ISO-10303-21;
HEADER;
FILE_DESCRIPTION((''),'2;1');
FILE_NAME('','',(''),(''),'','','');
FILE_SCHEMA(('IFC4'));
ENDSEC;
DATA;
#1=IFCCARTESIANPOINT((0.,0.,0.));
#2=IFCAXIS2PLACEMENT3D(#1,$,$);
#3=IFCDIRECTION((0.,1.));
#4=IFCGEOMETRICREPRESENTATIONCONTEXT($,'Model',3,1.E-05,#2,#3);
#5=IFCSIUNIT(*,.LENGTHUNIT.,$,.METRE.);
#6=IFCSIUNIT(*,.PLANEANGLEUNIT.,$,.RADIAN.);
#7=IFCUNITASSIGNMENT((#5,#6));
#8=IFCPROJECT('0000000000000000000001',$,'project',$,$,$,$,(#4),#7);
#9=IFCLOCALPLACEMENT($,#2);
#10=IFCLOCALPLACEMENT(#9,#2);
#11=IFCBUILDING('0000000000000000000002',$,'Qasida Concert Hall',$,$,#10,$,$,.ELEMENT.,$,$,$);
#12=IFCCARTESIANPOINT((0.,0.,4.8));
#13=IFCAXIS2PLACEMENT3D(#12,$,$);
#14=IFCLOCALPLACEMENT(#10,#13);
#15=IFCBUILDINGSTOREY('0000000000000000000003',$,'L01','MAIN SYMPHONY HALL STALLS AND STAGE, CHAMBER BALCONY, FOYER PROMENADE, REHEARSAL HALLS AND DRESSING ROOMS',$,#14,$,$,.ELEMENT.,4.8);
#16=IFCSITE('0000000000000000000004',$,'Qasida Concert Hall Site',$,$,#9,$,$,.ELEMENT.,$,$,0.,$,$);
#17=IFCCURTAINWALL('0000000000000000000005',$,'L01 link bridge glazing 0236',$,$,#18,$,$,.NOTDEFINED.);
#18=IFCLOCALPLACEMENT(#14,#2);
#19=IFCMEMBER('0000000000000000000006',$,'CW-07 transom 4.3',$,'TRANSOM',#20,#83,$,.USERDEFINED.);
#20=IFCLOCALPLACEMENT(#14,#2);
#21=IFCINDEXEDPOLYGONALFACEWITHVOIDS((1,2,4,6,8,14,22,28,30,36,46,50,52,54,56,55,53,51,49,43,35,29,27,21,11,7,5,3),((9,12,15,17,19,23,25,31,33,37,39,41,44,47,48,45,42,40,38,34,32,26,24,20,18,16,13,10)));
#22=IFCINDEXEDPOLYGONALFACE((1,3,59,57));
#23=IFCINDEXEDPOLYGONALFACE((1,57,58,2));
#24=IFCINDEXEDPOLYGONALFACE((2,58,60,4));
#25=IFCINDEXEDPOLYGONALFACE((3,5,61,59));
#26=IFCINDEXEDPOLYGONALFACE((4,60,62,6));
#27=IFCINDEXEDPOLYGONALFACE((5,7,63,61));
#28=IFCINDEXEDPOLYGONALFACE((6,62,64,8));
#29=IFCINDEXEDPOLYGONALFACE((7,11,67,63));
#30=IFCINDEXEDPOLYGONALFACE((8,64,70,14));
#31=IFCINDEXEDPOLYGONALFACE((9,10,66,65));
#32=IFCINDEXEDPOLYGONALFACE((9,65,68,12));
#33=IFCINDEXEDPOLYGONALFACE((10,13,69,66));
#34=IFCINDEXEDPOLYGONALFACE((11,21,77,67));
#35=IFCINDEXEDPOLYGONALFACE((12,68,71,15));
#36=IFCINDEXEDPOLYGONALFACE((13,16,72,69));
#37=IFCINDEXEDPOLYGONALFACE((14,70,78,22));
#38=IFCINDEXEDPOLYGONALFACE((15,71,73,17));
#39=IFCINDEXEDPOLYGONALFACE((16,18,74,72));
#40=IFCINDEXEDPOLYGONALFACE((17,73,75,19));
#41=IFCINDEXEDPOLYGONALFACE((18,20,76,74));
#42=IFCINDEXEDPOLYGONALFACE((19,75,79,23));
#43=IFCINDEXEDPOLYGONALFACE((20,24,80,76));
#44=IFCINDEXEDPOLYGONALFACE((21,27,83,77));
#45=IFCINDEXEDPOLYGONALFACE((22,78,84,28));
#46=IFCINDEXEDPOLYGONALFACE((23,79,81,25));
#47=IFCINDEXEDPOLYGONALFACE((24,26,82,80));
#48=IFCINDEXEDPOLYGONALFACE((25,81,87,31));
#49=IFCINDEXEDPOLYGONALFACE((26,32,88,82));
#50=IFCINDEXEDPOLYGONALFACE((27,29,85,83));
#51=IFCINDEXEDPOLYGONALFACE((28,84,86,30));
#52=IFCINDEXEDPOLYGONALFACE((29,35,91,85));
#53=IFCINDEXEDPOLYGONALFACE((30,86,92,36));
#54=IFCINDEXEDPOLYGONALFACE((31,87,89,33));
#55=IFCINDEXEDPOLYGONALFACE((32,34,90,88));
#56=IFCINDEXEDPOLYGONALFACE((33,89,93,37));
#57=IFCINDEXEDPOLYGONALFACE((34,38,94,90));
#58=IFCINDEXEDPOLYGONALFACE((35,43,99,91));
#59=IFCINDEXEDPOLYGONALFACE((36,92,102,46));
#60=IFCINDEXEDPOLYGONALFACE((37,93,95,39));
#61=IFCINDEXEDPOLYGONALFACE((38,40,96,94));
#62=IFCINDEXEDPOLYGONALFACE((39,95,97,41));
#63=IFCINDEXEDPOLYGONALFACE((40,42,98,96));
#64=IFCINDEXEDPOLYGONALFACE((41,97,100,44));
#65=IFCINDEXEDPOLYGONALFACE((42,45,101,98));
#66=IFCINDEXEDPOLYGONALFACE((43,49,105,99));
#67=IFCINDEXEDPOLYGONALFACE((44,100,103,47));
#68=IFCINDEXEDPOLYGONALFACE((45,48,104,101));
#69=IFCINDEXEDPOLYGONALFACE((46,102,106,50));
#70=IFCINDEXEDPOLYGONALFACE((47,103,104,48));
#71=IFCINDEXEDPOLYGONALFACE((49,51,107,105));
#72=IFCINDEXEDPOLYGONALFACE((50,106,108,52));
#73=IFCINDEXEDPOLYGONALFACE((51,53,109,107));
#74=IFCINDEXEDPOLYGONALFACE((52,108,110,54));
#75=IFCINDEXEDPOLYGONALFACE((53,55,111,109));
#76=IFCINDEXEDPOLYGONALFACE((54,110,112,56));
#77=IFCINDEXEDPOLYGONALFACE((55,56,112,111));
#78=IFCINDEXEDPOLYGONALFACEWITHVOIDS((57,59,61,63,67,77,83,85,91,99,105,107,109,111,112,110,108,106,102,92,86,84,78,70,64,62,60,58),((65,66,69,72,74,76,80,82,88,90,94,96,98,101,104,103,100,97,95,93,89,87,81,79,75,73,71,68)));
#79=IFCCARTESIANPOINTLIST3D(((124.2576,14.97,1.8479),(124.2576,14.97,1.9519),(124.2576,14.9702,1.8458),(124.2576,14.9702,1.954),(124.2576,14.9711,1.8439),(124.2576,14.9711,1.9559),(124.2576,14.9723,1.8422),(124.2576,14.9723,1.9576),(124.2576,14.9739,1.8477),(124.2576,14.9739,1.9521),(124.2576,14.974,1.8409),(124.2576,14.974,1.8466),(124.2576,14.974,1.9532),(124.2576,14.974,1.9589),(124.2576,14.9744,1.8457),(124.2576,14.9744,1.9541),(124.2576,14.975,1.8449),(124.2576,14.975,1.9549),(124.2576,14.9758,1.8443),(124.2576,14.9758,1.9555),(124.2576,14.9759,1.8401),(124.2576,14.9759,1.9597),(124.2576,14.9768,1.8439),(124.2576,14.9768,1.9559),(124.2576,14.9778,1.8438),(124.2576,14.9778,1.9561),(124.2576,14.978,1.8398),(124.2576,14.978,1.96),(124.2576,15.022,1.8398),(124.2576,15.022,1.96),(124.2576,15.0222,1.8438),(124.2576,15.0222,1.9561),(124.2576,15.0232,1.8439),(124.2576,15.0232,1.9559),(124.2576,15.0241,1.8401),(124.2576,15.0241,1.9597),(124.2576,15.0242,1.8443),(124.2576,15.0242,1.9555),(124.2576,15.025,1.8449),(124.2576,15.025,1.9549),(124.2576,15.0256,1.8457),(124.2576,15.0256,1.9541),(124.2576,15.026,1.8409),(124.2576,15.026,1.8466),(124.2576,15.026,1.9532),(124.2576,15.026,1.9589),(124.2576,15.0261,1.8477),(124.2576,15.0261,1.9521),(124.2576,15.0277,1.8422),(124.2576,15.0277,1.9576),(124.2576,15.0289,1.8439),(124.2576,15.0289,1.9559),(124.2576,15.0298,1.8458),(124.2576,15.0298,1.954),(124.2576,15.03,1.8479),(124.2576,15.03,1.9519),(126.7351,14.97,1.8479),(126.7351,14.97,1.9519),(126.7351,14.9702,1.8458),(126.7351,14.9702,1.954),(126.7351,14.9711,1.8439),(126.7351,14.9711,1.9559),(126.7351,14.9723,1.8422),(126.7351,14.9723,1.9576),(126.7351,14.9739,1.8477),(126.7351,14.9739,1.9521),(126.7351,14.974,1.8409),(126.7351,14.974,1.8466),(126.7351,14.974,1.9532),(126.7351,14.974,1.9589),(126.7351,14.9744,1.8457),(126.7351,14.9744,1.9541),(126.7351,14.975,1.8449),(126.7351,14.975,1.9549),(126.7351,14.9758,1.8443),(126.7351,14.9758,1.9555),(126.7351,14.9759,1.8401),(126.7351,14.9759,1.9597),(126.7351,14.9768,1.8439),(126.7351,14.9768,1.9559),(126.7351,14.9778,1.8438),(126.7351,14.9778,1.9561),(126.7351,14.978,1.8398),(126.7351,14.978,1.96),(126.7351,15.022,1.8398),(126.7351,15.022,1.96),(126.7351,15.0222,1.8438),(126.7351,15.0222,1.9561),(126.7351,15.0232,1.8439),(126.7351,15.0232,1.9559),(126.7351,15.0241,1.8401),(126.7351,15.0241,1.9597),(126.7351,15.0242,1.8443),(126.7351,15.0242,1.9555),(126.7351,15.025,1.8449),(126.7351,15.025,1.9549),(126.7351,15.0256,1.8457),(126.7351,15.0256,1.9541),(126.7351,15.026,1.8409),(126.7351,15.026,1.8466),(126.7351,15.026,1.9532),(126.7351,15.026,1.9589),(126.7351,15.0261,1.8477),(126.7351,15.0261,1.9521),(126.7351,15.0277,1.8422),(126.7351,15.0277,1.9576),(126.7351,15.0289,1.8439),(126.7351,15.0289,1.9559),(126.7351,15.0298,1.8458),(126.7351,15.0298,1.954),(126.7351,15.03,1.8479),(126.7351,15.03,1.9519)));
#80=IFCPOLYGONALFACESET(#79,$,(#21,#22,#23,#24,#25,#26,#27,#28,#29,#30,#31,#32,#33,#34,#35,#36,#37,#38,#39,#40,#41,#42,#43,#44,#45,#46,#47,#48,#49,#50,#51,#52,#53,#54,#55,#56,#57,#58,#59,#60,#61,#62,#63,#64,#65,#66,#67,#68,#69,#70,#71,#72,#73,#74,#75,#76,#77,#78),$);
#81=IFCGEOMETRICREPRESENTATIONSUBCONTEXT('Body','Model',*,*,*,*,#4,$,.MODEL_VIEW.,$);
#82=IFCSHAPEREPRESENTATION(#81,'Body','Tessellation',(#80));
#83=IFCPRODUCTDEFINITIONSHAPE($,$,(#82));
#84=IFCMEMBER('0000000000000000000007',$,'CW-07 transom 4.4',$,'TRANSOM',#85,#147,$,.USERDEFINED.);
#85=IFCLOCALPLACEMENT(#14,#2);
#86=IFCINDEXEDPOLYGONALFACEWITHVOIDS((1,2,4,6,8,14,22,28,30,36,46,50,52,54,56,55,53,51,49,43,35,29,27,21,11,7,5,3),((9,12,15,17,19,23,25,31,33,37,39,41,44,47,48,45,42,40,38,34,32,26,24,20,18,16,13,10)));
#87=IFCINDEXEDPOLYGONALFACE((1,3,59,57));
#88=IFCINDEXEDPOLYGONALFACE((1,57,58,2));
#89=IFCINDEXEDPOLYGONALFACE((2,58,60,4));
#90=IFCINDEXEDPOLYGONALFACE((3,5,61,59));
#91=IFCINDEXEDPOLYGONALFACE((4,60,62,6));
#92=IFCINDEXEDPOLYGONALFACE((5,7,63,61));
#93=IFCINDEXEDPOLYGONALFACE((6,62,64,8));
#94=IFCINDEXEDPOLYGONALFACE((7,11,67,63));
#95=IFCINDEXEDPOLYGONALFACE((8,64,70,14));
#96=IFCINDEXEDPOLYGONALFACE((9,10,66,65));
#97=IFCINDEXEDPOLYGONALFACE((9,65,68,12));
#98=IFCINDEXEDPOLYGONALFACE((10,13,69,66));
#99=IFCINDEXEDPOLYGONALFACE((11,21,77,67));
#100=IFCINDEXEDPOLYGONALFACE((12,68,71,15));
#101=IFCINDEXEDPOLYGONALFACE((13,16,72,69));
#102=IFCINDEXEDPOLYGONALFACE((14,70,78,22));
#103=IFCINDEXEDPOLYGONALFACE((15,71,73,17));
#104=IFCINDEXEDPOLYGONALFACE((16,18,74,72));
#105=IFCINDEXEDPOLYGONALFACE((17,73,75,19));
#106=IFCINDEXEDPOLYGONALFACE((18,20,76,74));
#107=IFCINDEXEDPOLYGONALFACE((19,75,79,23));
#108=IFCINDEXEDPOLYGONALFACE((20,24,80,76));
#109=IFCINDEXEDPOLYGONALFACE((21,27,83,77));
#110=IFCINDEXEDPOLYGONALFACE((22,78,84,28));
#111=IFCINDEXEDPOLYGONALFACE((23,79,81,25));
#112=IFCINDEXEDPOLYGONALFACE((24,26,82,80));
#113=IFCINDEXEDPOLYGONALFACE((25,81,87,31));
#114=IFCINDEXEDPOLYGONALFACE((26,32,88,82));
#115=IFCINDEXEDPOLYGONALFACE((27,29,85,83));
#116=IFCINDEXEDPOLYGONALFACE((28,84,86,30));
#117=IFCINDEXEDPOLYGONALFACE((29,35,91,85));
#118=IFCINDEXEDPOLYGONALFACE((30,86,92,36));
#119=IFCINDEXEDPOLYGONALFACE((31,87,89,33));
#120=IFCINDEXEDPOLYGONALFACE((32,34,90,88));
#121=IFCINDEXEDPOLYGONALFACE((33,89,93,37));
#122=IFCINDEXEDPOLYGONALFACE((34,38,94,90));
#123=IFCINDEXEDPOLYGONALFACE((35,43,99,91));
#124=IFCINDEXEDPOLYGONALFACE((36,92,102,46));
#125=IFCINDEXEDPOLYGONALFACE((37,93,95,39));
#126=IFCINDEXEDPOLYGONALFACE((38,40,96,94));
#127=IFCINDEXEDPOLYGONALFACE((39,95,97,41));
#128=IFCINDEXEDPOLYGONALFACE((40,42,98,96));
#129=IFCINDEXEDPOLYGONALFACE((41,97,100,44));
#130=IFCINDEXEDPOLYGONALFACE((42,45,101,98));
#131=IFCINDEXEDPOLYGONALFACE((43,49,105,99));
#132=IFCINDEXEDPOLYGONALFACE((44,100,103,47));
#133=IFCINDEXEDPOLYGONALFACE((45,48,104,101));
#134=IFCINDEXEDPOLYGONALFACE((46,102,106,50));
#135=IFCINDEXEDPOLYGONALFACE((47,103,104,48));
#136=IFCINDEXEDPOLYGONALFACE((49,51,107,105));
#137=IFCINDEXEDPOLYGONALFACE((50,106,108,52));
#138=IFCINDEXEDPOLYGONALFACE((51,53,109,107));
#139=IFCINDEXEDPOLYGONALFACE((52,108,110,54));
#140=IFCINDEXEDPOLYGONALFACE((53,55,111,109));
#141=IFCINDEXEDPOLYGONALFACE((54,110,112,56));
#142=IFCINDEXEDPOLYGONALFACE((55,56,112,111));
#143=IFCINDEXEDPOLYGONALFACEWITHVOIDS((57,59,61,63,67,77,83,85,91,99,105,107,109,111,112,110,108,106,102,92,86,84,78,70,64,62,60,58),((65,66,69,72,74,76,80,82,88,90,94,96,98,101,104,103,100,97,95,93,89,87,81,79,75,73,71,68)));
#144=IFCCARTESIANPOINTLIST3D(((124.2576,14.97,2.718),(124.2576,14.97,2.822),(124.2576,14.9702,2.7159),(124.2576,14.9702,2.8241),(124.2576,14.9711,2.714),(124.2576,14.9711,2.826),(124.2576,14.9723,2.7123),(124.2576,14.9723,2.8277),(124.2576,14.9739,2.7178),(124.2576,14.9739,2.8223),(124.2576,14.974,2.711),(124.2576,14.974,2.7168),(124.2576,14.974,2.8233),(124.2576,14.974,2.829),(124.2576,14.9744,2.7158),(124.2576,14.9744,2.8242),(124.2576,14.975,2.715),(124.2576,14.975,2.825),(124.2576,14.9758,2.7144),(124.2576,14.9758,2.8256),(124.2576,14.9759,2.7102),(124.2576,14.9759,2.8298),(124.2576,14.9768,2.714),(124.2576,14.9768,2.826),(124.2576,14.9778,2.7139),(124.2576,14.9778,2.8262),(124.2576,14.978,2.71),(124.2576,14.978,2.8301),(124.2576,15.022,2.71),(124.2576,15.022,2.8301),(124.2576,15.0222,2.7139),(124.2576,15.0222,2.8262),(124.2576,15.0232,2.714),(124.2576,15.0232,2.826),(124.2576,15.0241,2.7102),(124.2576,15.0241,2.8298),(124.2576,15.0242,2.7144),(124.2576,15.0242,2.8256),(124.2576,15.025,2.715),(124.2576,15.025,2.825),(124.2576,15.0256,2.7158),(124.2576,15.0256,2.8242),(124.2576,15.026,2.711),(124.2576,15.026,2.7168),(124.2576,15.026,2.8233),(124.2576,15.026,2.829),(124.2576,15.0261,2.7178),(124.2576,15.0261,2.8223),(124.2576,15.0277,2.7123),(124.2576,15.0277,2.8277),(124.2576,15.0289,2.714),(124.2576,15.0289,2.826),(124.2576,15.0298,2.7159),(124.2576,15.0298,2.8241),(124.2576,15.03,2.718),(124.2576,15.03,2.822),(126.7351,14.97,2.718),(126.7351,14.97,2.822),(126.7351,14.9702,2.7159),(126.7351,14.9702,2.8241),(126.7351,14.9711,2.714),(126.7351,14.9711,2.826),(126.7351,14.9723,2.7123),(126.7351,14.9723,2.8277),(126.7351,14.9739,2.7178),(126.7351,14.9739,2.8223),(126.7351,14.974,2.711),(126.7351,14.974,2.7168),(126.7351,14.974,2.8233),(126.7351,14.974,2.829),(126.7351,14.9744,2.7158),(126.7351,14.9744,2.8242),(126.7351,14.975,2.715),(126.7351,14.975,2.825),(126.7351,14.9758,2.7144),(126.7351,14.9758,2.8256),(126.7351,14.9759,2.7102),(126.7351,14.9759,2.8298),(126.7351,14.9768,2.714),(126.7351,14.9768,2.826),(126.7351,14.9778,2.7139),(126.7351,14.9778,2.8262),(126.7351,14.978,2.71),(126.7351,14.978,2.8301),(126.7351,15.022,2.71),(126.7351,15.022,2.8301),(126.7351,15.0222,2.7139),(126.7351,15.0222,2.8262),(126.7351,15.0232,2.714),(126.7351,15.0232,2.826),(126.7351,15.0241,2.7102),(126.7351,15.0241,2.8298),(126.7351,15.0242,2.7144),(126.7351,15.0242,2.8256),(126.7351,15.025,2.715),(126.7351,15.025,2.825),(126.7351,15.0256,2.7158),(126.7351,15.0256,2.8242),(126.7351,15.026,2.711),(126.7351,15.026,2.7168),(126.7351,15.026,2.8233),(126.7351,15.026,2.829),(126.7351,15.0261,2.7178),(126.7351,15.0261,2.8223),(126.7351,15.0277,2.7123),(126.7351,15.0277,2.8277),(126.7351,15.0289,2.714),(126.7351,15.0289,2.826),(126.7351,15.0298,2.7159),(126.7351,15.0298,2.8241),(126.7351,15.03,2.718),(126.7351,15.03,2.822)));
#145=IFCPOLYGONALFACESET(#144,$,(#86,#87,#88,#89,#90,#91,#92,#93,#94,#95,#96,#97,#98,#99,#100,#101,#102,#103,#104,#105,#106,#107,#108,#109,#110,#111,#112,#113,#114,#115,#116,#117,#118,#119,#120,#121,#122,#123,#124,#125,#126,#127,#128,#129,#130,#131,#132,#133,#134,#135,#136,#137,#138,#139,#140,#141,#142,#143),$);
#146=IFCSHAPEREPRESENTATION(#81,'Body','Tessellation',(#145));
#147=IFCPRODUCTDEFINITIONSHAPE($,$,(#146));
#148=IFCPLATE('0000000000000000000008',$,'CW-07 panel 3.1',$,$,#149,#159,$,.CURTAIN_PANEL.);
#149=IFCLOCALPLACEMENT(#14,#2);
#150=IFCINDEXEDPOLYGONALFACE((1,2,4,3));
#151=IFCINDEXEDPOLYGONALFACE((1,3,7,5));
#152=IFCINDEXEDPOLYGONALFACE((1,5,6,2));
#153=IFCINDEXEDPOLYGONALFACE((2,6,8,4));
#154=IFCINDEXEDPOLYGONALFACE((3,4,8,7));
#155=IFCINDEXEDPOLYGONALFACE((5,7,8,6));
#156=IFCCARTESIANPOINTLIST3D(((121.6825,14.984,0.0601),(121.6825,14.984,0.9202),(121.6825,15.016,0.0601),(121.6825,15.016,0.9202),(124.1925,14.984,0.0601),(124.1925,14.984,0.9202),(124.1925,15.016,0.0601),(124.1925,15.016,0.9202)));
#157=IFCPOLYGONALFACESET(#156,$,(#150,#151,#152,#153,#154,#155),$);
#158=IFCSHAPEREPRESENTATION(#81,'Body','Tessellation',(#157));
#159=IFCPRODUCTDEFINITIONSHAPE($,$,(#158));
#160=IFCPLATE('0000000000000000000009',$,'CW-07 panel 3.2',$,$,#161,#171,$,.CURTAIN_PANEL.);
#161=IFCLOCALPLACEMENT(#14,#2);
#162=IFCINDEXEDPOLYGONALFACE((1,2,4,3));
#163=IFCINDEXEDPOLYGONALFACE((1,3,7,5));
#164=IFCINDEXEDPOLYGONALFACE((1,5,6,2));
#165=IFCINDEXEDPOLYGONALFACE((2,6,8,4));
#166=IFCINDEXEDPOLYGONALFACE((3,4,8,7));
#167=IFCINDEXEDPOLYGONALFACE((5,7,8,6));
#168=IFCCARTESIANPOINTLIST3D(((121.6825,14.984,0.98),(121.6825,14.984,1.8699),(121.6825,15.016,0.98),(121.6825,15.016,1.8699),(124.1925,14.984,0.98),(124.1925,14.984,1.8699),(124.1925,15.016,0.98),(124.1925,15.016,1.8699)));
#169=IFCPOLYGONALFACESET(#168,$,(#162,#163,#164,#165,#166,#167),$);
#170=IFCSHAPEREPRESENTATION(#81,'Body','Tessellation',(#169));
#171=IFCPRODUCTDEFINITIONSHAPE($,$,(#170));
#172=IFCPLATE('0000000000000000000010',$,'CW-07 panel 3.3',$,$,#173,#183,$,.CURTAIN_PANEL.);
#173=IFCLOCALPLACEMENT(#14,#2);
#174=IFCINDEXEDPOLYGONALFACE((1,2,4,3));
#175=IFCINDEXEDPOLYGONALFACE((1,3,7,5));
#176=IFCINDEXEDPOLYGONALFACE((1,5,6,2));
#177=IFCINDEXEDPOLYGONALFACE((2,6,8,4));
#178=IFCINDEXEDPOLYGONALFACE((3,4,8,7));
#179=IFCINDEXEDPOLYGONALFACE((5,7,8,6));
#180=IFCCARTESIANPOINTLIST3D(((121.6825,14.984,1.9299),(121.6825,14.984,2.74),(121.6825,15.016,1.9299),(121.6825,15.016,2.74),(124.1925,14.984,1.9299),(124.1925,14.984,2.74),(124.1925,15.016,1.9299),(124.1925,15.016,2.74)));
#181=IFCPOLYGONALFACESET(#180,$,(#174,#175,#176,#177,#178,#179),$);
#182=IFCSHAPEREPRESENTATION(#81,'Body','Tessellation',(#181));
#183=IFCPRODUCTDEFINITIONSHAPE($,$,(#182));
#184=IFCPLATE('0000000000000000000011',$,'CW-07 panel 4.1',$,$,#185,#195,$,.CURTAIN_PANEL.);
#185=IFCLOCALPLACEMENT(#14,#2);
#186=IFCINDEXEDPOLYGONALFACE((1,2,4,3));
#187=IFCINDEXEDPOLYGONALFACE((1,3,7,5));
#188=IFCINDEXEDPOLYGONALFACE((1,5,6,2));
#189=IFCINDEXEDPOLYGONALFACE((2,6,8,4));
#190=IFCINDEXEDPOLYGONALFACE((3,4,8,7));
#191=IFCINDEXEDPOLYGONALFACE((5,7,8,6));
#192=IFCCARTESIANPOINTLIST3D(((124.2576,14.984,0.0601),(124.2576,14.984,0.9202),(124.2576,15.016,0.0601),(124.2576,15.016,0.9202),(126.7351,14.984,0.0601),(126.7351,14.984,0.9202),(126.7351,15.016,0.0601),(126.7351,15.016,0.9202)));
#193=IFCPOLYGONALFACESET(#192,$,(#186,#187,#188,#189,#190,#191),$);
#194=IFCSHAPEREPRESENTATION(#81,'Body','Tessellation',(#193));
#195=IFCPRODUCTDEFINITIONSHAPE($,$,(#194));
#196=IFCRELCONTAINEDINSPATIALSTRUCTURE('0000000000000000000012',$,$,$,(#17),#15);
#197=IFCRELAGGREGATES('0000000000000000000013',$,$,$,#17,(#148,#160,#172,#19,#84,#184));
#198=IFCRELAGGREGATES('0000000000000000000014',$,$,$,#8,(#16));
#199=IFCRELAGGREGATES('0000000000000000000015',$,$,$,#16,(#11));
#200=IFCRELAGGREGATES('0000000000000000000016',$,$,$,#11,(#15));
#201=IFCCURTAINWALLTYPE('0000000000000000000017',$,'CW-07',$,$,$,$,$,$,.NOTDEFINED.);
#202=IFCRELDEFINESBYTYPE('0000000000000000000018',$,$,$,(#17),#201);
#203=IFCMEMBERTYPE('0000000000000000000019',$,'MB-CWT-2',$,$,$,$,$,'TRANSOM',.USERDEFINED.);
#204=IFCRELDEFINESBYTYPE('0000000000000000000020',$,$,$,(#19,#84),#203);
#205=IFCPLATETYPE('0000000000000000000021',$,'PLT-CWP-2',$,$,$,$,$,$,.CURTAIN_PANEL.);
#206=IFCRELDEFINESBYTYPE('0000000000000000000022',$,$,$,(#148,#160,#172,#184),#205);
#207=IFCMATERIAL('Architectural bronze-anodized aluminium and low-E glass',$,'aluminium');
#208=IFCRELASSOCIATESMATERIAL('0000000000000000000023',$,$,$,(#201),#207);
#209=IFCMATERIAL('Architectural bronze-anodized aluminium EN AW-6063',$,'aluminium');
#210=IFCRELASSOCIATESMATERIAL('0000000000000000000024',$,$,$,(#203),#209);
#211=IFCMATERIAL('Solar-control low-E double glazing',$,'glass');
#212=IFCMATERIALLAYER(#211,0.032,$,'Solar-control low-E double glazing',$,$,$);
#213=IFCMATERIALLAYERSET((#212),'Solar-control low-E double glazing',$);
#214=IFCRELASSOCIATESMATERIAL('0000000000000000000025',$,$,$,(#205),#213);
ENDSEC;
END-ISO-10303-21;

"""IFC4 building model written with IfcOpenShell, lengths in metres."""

from ifc_helpers import new_model, si_unit, direction, frame, origin, origin_2d, place, context, subcontext, project, spatial, rectangle, hollow_rectangle, extrude, material, layer, layer_set, material_profile, profile_set, type_object, element, aggregate, save


model = new_model("IFC4")

# Units and contexts
model_context = context("Model", 3, precision=1e-05, world=origin(), true_north=direction((0.0, 1.0)))
body_context = subcontext(model_context, "Body", "Model", "MODEL_VIEW")
ifc_project = project(units=[si_unit("LENGTHUNIT", "METRE"), si_unit("PLANEANGLEUNIT", "RADIAN")], contexts=[model_context])

# Site, building, storey
site_placement = place(None, origin())
site = spatial("IfcSite", under=ifc_project, at=site_placement, Name="Qasida Concert Hall Site", CompositionType="ELEMENT", RefElevation=0.0)
building_placement = place(site_placement, origin())
building = spatial("IfcBuilding", under=site, at=building_placement, Name="Qasida Concert Hall", CompositionType="ELEMENT")
storey_placement = place(building_placement, frame((0.0, 0.0, 4.8)))
storey = spatial("IfcBuildingStorey", under=building, at=storey_placement, Name="L01", Description="MAIN SYMPHONY HALL STALLS AND STAGE, CHAMBER BALCONY, FOYER PROMENADE, REHEARSAL HALLS AND DRESSING ROOMS", CompositionType="ELEMENT", Elevation=4.8)

# Shared definitions
ifc_material_1 = material(Name="Architectural bronze-anodized aluminium and low-E glass", Category="aluminium")
curtain_wall_type = type_object("IfcCurtainWallType", Name="CW-07", PredefinedType="NOTDEFINED", material=ifc_material_1)
ifc_material_2 = material(Name="Architectural bronze-anodized aluminium EN AW-6063", Category="aluminium")

# Curtain wall
curtain_wall_1_placement = place(storey_placement, origin())
curtain_wall_1 = element("IfcCurtainWall", 1, at=curtain_wall_1_placement, inside=storey, type_object=curtain_wall_type, Name="L01 link bridge glazing 0236", PredefinedType="NOTDEFINED")

# Members
ifc_material_profile_1 = material_profile(ifc_material_2, hollow_rectangle(XDim=0.0601, YDim=0.1201, WallThickness=0.0039, InnerFilletRadius=0.0039, OuterFilletRadius=0.0081, at=origin_2d()), Name="CWT 120x60x4")
ifc_profile_set_1 = profile_set([ifc_material_profile_1], Name="Architectural bronze-anodized aluminium EN AW-6063")
member_type_1 = type_object("IfcMemberType", Name="MB-CWT-2", ElementType="TRANSOM", PredefinedType="USERDEFINED", material=ifc_profile_set_1)
member_1_placement = place(storey_placement, frame((124.2576, 15.0, 1.8999), z_axis=(1.0, 0.0, 0.0), x_axis=(0.0, 1.0, 0.0)))
member_1 = element("IfcMember", 2, at=member_1_placement, type_object=member_type_1, Name="CW-07 transom 4.3", ObjectType="TRANSOM", PredefinedType="USERDEFINED", context=body_context, shape_type="SweptSolid", body=[
    extrude(hollow_rectangle(XDim=0.0601, YDim=0.1201, WallThickness=0.0039, InnerFilletRadius=0.0039, OuterFilletRadius=0.0081, at=origin_2d()), origin(), (0.0, 0.0, 1.0), 2.4775),
])
member_2_placement = place(storey_placement, frame((124.2576, 15.0, 2.77), z_axis=(1.0, 0.0, 0.0), x_axis=(0.0, 1.0, 0.0)))
member_2 = element("IfcMember", 3, at=member_2_placement, type_object=member_type_1, Name="CW-07 transom 4.4", ObjectType="TRANSOM", PredefinedType="USERDEFINED", context=body_context, shape_type="SweptSolid", body=[
    extrude(hollow_rectangle(XDim=0.0601, YDim=0.1201, WallThickness=0.0039, InnerFilletRadius=0.0039, OuterFilletRadius=0.0081, at=origin_2d()), origin(), (0.0, 0.0, 1.0), 2.4775),
])

# Plates
ifc_material_3 = material(Name="Solar-control low-E double glazing", Category="glass")
ifc_layer_1 = layer(ifc_material_3, 0.032, Name="Solar-control low-E double glazing")
ifc_layer_set_1 = layer_set([ifc_layer_1], Name="Solar-control low-E double glazing")
plate_type = type_object("IfcPlateType", Name="PLT-CWP-2", PredefinedType="CURTAIN_PANEL", material=ifc_layer_set_1)
plate_1_placement = place(storey_placement, frame((122.9375, 15.0, 0.0601), z_axis=(0.0, 0.0, 1.0), x_axis=(1.0, 0.0, 0.0)))
plate_1 = element("IfcPlate", 4, at=plate_1_placement, type_object=plate_type, Name="CW-07 panel 3.1", PredefinedType="CURTAIN_PANEL", context=body_context, shape_type="SweptSolid", body=[
    extrude(rectangle(XDim=2.51, YDim=0.032, at=origin_2d()), origin(), (0.0, 0.0, 1.0), 0.8601),
])
plate_2_placement = place(storey_placement, frame((122.9375, 15.0, 0.98), z_axis=(0.0, 0.0, 1.0), x_axis=(1.0, 0.0, 0.0)))
plate_2 = element("IfcPlate", 5, at=plate_2_placement, type_object=plate_type, Name="CW-07 panel 3.2", PredefinedType="CURTAIN_PANEL", context=body_context, shape_type="SweptSolid", body=[
    extrude(rectangle(XDim=2.51, YDim=0.032, at=origin_2d()), origin(), (0.0, 0.0, 1.0), 0.8899),
])
plate_3_placement = place(storey_placement, frame((122.9375, 15.0, 1.9299), z_axis=(0.0, 0.0, 1.0), x_axis=(1.0, 0.0, 0.0)))
plate_3 = element("IfcPlate", 6, at=plate_3_placement, type_object=plate_type, Name="CW-07 panel 3.3", PredefinedType="CURTAIN_PANEL", context=body_context, shape_type="SweptSolid", body=[
    extrude(rectangle(XDim=2.51, YDim=0.032, at=origin_2d()), origin(), (0.0, 0.0, 1.0), 0.8101),
])
plate_4_placement = place(storey_placement, frame((125.4963, 15.0, 0.0601), z_axis=(0.0, 0.0, 1.0), x_axis=(1.0, 0.0, 0.0)))
plate_4 = element("IfcPlate", 7, at=plate_4_placement, type_object=plate_type, Name="CW-07 panel 4.1", PredefinedType="CURTAIN_PANEL", context=body_context, shape_type="SweptSolid", body=[
    extrude(rectangle(XDim=2.4775, YDim=0.032, at=origin_2d()), origin(), (0.0, 0.0, 1.0), 0.8601),
])
aggregate(curtain_wall_1, [plate_1, plate_2, plate_3, member_1, member_2, plate_4])

save(model, "model.ifc")
